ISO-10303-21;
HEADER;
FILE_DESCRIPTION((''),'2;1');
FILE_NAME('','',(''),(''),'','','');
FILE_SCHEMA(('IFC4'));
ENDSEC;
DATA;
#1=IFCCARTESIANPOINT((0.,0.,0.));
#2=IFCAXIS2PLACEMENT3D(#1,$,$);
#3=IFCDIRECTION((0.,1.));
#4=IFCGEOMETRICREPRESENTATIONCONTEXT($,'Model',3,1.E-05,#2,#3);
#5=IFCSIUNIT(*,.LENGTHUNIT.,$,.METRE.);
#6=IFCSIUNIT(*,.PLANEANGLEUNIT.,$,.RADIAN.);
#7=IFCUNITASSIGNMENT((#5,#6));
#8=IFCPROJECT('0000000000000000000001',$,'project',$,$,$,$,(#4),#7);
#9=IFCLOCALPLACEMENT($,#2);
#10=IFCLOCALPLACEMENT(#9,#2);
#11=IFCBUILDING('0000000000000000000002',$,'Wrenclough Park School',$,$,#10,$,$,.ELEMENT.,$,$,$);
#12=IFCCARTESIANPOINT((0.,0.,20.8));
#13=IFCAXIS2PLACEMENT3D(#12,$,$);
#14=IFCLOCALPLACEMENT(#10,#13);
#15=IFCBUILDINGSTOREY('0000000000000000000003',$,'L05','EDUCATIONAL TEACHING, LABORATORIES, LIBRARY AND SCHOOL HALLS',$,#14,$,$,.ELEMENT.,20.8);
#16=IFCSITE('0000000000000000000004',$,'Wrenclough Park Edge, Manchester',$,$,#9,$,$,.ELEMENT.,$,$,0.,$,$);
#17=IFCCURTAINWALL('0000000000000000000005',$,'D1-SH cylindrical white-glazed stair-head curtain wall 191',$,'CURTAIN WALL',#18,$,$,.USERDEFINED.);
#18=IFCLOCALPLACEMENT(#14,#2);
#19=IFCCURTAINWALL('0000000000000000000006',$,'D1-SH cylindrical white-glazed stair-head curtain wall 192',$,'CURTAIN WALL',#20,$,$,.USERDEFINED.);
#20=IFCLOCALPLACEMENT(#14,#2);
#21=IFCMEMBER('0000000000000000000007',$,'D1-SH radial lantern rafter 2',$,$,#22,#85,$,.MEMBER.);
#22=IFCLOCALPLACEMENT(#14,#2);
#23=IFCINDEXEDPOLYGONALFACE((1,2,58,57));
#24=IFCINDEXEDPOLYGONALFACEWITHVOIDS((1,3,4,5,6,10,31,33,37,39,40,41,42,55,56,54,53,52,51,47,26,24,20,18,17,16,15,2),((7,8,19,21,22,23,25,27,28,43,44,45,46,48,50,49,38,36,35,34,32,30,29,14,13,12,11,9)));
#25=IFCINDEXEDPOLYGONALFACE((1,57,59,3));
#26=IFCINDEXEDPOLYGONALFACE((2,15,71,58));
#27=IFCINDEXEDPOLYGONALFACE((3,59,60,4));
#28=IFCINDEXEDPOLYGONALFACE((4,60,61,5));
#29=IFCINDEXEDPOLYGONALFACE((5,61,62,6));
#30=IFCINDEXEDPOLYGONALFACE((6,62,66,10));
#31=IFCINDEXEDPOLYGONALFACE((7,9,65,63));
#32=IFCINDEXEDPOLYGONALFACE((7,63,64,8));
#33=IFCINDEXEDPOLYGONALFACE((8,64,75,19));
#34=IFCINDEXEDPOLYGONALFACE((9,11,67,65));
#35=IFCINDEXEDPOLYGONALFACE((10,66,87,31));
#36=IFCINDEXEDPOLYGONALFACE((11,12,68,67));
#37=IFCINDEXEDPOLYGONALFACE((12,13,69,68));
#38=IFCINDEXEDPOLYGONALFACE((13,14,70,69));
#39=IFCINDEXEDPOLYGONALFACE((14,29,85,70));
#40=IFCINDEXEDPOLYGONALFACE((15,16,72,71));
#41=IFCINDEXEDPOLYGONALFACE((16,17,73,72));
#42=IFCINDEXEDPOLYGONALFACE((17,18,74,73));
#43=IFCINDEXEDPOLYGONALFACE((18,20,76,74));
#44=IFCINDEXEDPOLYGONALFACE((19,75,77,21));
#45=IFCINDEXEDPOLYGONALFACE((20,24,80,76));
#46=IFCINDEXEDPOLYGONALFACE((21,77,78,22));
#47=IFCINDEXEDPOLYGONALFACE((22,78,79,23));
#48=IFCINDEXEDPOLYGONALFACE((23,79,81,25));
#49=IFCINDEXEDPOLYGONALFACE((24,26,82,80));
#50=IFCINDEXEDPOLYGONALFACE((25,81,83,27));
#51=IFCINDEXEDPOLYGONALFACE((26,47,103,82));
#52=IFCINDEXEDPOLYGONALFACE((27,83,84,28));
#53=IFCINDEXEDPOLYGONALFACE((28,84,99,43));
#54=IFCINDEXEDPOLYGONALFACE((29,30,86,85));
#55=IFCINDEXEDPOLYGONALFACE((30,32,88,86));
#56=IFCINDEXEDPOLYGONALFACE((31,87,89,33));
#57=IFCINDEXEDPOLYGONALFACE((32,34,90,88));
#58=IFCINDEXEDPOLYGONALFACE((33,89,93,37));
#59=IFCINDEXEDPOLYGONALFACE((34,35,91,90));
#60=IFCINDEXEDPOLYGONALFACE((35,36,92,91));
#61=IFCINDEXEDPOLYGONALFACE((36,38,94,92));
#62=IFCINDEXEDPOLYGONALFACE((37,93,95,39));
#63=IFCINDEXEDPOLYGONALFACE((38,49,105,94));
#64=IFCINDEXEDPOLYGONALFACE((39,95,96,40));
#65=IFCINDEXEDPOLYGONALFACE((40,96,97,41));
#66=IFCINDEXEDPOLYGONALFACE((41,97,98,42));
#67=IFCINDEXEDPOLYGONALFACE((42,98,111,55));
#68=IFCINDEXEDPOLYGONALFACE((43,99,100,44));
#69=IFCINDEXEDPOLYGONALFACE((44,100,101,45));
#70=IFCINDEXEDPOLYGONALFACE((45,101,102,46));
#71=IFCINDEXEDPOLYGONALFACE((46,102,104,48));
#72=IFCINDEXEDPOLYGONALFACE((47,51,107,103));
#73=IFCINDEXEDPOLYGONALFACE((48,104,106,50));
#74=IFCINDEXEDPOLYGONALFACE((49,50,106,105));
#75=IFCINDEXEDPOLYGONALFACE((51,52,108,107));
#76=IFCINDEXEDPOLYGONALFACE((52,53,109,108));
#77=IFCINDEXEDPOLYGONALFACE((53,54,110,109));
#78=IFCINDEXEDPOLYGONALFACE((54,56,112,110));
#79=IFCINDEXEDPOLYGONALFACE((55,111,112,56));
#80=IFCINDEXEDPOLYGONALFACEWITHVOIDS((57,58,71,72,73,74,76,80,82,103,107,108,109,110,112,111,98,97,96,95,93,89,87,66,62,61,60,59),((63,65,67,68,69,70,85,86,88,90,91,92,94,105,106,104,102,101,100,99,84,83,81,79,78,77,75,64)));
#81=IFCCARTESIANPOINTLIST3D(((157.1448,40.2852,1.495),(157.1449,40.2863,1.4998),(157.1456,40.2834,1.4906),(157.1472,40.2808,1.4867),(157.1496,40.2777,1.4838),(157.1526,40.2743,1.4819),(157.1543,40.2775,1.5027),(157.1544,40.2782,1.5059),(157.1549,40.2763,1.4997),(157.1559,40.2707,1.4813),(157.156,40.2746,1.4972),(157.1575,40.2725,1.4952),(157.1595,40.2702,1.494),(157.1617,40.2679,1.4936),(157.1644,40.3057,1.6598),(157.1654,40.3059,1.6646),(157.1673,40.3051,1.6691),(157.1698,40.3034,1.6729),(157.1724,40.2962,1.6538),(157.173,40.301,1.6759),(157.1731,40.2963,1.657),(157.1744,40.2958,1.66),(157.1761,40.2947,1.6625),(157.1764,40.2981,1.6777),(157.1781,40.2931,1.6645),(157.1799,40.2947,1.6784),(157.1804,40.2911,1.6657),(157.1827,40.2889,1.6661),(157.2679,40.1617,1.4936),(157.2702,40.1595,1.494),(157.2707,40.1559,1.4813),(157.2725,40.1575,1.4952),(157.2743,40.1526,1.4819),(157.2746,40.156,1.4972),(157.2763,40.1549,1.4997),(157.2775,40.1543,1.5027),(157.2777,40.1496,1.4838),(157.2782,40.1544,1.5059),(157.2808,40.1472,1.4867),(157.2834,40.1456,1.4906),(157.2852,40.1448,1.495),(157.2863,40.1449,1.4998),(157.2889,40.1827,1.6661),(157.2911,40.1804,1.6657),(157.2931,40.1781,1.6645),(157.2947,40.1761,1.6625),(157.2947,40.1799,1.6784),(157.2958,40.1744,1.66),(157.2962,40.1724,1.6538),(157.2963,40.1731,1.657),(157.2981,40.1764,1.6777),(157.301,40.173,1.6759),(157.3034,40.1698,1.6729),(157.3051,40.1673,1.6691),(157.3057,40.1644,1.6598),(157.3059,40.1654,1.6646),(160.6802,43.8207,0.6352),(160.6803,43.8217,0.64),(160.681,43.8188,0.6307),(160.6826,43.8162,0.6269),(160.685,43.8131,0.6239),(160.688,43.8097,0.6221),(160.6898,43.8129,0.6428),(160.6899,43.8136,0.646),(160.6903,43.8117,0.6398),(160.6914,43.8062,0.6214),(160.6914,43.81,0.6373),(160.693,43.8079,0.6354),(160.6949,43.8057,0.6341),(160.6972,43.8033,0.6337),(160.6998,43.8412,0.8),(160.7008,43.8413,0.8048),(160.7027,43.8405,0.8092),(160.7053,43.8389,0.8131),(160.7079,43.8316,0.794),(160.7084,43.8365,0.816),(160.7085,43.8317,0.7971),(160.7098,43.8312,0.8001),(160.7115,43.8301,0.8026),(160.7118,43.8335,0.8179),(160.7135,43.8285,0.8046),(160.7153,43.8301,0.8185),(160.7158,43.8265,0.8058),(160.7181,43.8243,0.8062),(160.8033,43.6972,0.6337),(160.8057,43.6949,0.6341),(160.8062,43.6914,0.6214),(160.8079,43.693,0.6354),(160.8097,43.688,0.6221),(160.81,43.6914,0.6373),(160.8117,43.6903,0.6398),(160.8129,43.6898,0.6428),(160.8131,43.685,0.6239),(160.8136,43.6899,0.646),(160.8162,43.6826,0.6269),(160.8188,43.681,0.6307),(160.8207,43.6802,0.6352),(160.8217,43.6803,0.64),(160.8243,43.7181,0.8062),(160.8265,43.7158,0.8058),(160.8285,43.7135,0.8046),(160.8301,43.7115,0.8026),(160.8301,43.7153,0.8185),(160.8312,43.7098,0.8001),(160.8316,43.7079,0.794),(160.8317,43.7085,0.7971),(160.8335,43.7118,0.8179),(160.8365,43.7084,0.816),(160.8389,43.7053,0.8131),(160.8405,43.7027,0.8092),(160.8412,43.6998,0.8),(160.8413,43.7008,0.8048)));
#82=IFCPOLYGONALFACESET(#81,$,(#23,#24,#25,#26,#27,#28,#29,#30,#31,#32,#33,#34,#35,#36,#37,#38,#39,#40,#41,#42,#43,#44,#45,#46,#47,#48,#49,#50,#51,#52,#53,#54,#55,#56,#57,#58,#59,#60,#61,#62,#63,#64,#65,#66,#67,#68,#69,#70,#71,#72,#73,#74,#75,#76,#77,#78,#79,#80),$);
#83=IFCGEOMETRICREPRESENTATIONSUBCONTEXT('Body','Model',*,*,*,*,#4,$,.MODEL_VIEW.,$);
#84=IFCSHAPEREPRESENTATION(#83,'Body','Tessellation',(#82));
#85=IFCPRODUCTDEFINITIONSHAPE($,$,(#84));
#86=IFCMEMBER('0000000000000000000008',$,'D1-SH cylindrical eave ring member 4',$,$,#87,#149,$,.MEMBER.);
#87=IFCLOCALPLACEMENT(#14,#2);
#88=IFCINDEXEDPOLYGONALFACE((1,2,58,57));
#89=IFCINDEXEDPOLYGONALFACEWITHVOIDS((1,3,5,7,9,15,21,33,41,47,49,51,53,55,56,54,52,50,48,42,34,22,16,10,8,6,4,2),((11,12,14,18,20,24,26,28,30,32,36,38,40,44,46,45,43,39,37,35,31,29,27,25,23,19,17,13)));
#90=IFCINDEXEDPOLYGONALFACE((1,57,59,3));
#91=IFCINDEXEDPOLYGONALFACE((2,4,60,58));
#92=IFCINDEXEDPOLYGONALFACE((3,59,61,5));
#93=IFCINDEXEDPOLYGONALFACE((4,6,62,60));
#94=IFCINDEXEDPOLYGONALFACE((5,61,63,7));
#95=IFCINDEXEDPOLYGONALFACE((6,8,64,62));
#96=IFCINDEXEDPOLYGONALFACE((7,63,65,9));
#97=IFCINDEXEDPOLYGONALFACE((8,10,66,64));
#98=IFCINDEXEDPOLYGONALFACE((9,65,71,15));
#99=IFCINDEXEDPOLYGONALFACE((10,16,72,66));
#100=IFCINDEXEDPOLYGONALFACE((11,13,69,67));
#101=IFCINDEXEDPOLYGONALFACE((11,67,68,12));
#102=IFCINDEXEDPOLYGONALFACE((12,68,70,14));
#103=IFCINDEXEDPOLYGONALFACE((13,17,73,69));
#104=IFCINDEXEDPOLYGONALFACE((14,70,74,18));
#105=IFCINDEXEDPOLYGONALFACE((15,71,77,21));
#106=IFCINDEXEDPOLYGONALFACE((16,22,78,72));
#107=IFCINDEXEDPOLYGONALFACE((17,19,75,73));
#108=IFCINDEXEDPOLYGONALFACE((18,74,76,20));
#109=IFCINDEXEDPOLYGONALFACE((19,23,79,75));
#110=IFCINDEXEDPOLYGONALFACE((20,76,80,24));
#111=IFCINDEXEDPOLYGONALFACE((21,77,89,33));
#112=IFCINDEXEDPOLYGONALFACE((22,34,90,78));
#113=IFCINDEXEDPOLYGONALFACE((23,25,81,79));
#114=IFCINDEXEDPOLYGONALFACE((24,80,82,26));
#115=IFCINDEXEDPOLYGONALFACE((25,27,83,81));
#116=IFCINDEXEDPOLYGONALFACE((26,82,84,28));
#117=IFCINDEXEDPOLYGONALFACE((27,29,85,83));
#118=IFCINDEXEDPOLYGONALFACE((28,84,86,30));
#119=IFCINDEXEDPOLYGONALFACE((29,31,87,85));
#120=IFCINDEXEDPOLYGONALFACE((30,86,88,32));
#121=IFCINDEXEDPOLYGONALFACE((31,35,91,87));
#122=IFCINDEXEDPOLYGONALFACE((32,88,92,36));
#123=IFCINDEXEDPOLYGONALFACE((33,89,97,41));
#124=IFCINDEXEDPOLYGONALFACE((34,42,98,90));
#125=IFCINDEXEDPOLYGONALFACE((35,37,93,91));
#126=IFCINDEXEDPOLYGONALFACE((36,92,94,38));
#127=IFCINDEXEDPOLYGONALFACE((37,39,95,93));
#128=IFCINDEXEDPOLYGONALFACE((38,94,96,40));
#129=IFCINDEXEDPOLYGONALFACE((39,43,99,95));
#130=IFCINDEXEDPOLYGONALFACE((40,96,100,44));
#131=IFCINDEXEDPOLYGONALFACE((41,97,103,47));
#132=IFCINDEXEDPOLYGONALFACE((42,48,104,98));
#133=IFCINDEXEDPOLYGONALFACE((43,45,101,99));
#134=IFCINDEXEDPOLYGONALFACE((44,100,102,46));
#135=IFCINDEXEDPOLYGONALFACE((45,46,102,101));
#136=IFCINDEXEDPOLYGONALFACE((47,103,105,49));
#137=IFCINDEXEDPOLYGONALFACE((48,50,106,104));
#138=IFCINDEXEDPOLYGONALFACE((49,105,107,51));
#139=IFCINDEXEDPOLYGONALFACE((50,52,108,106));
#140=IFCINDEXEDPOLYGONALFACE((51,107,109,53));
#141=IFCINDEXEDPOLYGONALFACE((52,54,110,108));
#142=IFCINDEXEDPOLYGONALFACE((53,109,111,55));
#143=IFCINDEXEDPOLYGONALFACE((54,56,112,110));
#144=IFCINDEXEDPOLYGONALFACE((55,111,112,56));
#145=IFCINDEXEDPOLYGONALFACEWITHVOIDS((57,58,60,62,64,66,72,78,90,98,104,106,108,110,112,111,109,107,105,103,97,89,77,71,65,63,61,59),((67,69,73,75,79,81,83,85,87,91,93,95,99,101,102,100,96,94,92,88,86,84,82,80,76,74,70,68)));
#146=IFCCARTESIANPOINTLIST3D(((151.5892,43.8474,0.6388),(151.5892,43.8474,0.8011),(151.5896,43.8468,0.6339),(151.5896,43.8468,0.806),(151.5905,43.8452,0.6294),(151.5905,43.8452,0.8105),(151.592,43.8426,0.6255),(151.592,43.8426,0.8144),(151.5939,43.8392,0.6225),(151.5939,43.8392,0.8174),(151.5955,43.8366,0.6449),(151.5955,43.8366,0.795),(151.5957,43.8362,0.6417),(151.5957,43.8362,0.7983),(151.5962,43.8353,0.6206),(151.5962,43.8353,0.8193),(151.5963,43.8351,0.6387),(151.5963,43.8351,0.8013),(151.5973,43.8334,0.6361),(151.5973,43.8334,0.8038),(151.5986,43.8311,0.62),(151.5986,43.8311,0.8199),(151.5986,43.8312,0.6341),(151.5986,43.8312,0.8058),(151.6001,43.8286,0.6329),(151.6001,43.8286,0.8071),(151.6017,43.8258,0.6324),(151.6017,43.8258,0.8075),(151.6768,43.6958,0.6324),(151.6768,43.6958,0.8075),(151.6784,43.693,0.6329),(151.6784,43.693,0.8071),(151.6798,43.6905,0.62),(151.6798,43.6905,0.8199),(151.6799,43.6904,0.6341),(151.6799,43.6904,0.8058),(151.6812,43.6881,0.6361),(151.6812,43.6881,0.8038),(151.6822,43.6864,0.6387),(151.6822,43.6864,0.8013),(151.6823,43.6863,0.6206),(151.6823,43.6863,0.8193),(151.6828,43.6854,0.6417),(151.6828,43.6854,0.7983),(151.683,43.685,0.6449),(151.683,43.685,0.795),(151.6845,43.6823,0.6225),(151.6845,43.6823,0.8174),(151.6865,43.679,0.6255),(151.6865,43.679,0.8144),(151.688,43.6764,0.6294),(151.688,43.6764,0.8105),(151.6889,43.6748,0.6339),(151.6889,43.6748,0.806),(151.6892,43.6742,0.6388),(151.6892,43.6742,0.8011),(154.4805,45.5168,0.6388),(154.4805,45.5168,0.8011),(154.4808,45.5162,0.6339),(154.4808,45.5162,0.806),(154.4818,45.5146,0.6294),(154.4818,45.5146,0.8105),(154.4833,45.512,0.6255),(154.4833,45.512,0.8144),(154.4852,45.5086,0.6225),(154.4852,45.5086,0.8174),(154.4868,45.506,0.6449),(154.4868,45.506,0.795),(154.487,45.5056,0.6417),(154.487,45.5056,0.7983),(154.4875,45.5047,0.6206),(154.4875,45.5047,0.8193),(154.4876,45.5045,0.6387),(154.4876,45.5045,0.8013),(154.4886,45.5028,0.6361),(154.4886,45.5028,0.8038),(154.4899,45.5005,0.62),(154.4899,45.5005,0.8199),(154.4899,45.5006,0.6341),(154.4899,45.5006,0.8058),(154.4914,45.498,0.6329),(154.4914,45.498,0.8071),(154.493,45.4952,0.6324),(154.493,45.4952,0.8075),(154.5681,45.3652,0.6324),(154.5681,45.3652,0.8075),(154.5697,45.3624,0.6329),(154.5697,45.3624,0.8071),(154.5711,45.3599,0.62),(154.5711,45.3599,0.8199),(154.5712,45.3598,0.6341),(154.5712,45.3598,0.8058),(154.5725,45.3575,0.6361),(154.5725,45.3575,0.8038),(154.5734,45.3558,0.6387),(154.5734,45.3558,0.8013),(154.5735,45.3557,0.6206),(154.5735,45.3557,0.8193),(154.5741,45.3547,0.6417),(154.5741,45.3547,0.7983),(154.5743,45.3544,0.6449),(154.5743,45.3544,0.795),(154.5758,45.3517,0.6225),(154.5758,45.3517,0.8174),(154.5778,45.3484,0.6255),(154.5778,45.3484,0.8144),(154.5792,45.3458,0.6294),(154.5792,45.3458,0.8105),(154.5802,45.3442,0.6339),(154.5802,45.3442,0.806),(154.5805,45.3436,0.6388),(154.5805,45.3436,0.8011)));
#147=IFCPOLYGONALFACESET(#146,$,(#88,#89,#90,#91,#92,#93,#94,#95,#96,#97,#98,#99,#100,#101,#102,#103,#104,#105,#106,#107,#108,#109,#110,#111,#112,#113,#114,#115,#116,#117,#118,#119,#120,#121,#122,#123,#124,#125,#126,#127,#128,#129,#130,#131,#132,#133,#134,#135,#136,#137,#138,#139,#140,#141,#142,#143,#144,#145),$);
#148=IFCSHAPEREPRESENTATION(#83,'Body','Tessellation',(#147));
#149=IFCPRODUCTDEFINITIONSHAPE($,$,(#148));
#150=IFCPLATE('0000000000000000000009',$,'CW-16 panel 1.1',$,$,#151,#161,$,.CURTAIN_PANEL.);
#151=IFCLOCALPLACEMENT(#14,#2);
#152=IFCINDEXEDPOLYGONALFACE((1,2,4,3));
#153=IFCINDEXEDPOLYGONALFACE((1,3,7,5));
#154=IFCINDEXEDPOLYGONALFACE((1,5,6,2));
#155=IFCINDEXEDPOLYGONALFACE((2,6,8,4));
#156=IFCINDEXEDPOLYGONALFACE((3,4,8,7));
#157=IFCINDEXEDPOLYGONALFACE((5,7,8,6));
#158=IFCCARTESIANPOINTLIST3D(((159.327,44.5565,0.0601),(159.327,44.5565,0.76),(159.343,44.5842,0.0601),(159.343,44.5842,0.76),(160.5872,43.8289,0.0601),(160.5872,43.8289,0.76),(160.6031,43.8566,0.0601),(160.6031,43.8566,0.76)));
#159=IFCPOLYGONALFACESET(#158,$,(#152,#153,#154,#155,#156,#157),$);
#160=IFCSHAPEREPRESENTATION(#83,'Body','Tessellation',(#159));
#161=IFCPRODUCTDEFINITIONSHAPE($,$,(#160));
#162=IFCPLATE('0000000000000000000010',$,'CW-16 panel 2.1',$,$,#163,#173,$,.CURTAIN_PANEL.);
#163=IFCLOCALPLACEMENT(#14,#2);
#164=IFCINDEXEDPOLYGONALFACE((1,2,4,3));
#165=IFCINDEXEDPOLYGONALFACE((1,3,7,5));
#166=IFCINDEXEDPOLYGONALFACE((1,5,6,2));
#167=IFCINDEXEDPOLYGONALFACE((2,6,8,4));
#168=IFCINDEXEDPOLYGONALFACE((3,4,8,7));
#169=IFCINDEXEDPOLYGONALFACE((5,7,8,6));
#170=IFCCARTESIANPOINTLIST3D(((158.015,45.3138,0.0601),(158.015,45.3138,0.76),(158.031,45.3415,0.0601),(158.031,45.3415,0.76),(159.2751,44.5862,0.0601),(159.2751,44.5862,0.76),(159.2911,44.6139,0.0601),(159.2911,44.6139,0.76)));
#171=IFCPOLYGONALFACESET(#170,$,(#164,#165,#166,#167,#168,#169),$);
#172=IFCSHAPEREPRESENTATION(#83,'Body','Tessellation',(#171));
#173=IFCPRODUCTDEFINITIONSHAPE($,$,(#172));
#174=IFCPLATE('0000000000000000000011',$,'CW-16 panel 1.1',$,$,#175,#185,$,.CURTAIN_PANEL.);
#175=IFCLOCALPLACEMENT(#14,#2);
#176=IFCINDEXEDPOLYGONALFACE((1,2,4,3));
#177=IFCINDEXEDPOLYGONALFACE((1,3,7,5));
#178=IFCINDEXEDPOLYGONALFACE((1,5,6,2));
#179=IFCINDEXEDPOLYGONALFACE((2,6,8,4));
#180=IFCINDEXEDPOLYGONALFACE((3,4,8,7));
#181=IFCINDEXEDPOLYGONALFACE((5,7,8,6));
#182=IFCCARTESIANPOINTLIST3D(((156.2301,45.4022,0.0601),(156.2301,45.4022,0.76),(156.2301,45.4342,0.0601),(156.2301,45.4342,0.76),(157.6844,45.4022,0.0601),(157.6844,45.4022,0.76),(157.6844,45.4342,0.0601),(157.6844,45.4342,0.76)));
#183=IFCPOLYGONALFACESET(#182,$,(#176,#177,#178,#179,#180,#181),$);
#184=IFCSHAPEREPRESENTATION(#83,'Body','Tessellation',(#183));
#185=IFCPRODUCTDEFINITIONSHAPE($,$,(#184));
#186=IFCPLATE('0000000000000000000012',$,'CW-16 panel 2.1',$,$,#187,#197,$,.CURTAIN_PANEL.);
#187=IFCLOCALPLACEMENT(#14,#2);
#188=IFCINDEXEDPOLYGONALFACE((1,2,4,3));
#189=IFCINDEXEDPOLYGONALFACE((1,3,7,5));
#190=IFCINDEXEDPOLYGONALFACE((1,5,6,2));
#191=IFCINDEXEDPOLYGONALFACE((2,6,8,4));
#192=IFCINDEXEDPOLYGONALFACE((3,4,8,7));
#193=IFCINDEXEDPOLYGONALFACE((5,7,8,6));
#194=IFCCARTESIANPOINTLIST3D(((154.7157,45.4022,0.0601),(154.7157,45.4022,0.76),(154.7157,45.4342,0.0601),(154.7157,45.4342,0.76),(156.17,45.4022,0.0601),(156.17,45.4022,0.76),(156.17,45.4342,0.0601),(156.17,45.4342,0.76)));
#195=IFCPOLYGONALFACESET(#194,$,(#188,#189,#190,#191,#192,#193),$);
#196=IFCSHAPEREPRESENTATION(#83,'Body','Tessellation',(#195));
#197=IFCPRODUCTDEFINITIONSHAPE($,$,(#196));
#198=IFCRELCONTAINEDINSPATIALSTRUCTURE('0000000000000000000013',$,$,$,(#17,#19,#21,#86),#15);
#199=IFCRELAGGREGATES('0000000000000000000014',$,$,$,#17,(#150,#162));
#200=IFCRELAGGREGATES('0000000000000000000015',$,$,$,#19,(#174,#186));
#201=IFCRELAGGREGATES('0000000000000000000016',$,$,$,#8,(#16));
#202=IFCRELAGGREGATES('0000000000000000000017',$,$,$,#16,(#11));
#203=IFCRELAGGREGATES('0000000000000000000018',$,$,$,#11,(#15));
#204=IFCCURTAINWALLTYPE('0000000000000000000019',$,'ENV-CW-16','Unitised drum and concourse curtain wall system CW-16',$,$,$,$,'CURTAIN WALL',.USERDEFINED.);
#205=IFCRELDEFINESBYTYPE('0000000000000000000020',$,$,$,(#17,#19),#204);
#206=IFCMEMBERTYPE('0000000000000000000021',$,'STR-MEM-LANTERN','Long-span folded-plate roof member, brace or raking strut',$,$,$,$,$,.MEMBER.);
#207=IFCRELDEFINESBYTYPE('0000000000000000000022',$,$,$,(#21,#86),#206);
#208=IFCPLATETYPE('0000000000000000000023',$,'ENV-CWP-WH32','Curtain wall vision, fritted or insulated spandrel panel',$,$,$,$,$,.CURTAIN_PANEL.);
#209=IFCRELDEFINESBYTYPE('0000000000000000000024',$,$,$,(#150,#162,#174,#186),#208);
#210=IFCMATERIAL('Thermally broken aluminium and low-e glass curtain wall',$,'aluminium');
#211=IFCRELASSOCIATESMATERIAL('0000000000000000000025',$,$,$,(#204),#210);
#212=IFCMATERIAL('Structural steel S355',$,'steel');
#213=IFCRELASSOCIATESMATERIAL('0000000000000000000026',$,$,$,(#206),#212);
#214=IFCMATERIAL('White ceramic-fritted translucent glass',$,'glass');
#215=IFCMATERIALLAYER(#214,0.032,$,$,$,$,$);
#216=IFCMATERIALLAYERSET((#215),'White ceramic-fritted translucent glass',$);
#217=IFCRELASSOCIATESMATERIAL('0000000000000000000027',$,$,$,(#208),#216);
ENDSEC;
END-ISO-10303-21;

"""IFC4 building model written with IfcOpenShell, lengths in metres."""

from ifc_helpers import new_model, si_unit, direction, frame, origin, origin_2d, place, context, subcontext, project, spatial, rectangle, hollow_rectangle, extrude, material, layer, layer_set, material_profile, profile_set, type_object, element, aggregate, save


model = new_model("IFC4")

# Units and contexts
model_context = context("Model", 3, precision=1e-05, world=origin(), true_north=direction((0.0, 1.0)))
body_context = subcontext(model_context, "Body", "Model", "MODEL_VIEW")
ifc_project = project(units=[si_unit("LENGTHUNIT", "METRE"), si_unit("PLANEANGLEUNIT", "RADIAN")], contexts=[model_context])

# Site, building, storey
site_placement = place(None, origin())
site = spatial("IfcSite", under=ifc_project, at=site_placement, Name="Wrenclough Park Edge, Manchester", CompositionType="ELEMENT", RefElevation=0.0)
building_placement = place(site_placement, origin())
building = spatial("IfcBuilding", under=site, at=building_placement, Name="Wrenclough Park School", CompositionType="ELEMENT")
storey_placement = place(building_placement, frame((0.0, 0.0, 20.8)))
storey = spatial("IfcBuildingStorey", under=building, at=storey_placement, Name="L05", Description="EDUCATIONAL TEACHING, LABORATORIES, LIBRARY AND SCHOOL HALLS", CompositionType="ELEMENT", Elevation=20.8)

# Shared definitions
ifc_material_1 = material(Name="Structural steel S355", Category="steel")

# Curtain walls
ifc_material_2 = material(Name="Thermally broken aluminium and low-e glass curtain wall", Category="aluminium")
curtain_wall_type = type_object("IfcCurtainWallType", Name="ENV-CW-16", Description="Unitised drum and concourse curtain wall system CW-16", ElementType="CURTAIN WALL", PredefinedType="USERDEFINED", material=ifc_material_2)
curtain_wall_1_placement = place(storey_placement, origin())
curtain_wall_1 = element("IfcCurtainWall", 1, at=curtain_wall_1_placement, inside=storey, type_object=curtain_wall_type, Name="D1-SH cylindrical white-glazed stair-head curtain wall 191", ObjectType="CURTAIN WALL", PredefinedType="USERDEFINED")
curtain_wall_2_placement = place(storey_placement, origin())
curtain_wall_2 = element("IfcCurtainWall", 2, at=curtain_wall_2_placement, inside=storey, type_object=curtain_wall_type, Name="D1-SH cylindrical white-glazed stair-head curtain wall 192", ObjectType="CURTAIN WALL", PredefinedType="USERDEFINED")

# Members
ifc_material_profile_1 = material_profile(ifc_material_1, hollow_rectangle(XDim=0.2, YDim=0.2, WallThickness=0.0125, InnerFilletRadius=0.0125, OuterFilletRadius=0.0188, at=origin_2d()), Name="SHS 200x200x12.5")
ifc_profile_set_1 = profile_set([ifc_material_profile_1], Name="Structural steel S355")
member_type_1 = type_object("IfcMemberType", Name="STR-MEM-LANTERN", Description="Long-span folded-plate roof member, brace or raking strut", PredefinedType="MEMBER", material=ifc_profile_set_1)
member_1_placement = place(storey_placement, frame((160.7607, 43.7607, 0.72), z_axis=(-0.696876, -0.696876, 0.169491), x_axis=(0.707107, -0.707107, 0.0)))
element("IfcMember", 3, at=member_1_placement, inside=storey, type_object=member_type_1, Name="D1-SH radial lantern rafter 2", PredefinedType="MEMBER", context=body_context, shape_type="SweptSolid", body=[
    extrude(hollow_rectangle(XDim=0.2, YDim=0.2, WallThickness=0.0125, InnerFilletRadius=0.0125, OuterFilletRadius=0.0188, at=origin_2d()), origin(), (0.0, 0.0, 1.0), 5.0732),
])
member_2_placement = place(storey_placement, frame((154.5305, 45.4302, 0.72), z_axis=(-0.866011, -0.500024, 0.0), x_axis=(0.500024, -0.866011, 0.0)))
element("IfcMember", 4, at=member_2_placement, inside=storey, type_object=member_type_1, Name="D1-SH cylindrical eave ring member 4", PredefinedType="MEMBER", context=body_context, shape_type="SweptSolid", body=[
    extrude(hollow_rectangle(XDim=0.2, YDim=0.2, WallThickness=0.0125, InnerFilletRadius=0.0125, OuterFilletRadius=0.0188, at=origin_2d()), origin(), (0.0, 0.0, 1.0), 3.3386),
])

# Plates
ifc_material_3 = material(Name="White ceramic-fritted translucent glass", Category="glass")
ifc_layer_1 = layer(ifc_material_3, 0.032)
ifc_layer_set_1 = layer_set([ifc_layer_1], Name="White ceramic-fritted translucent glass")
plate_type = type_object("IfcPlateType", Name="ENV-CWP-WH32", Description="Curtain wall vision, fritted or insulated spandrel panel", PredefinedType="CURTAIN_PANEL", material=ifc_layer_set_1)
plate_1_placement = place(storey_placement, frame((159.9651, 44.2065, 0.0601), z_axis=(0.0, 0.0, 1.0), x_axis=(-0.866024, 0.500003, 0.0)))
plate_1 = element("IfcPlate", 5, at=plate_1_placement, type_object=plate_type, Name="CW-16 panel 1.1", PredefinedType="CURTAIN_PANEL", context=body_context, shape_type="SweptSolid", body=[
    extrude(rectangle(XDim=1.4551, YDim=0.032, at=origin_2d()), origin(), (0.0, 0.0, 1.0), 0.7),
])
plate_2_placement = place(storey_placement, frame((158.6531, 44.9639, 0.0601), z_axis=(0.0, 0.0, 1.0), x_axis=(-0.866024, 0.500003, 0.0)))
plate_2 = element("IfcPlate", 6, at=plate_2_placement, type_object=plate_type, Name="CW-16 panel 2.1", PredefinedType="CURTAIN_PANEL", context=body_context, shape_type="SweptSolid", body=[
    extrude(rectangle(XDim=1.4551, YDim=0.032, at=origin_2d()), origin(), (0.0, 0.0, 1.0), 0.7),
])
aggregate(curtain_wall_1, [plate_1, plate_2])
plate_3_placement = place(storey_placement, frame((156.9573, 45.4182, 0.0601), z_axis=(0.0, 0.0, 1.0), x_axis=(-1.0, 0.0, 0.0)))
plate_3 = element("IfcPlate", 7, at=plate_3_placement, type_object=plate_type, Name="CW-16 panel 1.1", PredefinedType="CURTAIN_PANEL", context=body_context, shape_type="SweptSolid", body=[
    extrude(rectangle(XDim=1.4543, YDim=0.032, at=origin_2d()), origin(), (0.0, 0.0, 1.0), 0.7),
])
plate_4_placement = place(storey_placement, frame((155.4429, 45.4182, 0.0601), z_axis=(0.0, 0.0, 1.0), x_axis=(-1.0, 0.0, 0.0)))
plate_4 = element("IfcPlate", 8, at=plate_4_placement, type_object=plate_type, Name="CW-16 panel 2.1", PredefinedType="CURTAIN_PANEL", context=body_context, shape_type="SweptSolid", body=[
    extrude(rectangle(XDim=1.4543, YDim=0.032, at=origin_2d()), origin(), (0.0, 0.0, 1.0), 0.7),
])
aggregate(curtain_wall_2, [plate_3, plate_4])

save(model, "model.ifc")
